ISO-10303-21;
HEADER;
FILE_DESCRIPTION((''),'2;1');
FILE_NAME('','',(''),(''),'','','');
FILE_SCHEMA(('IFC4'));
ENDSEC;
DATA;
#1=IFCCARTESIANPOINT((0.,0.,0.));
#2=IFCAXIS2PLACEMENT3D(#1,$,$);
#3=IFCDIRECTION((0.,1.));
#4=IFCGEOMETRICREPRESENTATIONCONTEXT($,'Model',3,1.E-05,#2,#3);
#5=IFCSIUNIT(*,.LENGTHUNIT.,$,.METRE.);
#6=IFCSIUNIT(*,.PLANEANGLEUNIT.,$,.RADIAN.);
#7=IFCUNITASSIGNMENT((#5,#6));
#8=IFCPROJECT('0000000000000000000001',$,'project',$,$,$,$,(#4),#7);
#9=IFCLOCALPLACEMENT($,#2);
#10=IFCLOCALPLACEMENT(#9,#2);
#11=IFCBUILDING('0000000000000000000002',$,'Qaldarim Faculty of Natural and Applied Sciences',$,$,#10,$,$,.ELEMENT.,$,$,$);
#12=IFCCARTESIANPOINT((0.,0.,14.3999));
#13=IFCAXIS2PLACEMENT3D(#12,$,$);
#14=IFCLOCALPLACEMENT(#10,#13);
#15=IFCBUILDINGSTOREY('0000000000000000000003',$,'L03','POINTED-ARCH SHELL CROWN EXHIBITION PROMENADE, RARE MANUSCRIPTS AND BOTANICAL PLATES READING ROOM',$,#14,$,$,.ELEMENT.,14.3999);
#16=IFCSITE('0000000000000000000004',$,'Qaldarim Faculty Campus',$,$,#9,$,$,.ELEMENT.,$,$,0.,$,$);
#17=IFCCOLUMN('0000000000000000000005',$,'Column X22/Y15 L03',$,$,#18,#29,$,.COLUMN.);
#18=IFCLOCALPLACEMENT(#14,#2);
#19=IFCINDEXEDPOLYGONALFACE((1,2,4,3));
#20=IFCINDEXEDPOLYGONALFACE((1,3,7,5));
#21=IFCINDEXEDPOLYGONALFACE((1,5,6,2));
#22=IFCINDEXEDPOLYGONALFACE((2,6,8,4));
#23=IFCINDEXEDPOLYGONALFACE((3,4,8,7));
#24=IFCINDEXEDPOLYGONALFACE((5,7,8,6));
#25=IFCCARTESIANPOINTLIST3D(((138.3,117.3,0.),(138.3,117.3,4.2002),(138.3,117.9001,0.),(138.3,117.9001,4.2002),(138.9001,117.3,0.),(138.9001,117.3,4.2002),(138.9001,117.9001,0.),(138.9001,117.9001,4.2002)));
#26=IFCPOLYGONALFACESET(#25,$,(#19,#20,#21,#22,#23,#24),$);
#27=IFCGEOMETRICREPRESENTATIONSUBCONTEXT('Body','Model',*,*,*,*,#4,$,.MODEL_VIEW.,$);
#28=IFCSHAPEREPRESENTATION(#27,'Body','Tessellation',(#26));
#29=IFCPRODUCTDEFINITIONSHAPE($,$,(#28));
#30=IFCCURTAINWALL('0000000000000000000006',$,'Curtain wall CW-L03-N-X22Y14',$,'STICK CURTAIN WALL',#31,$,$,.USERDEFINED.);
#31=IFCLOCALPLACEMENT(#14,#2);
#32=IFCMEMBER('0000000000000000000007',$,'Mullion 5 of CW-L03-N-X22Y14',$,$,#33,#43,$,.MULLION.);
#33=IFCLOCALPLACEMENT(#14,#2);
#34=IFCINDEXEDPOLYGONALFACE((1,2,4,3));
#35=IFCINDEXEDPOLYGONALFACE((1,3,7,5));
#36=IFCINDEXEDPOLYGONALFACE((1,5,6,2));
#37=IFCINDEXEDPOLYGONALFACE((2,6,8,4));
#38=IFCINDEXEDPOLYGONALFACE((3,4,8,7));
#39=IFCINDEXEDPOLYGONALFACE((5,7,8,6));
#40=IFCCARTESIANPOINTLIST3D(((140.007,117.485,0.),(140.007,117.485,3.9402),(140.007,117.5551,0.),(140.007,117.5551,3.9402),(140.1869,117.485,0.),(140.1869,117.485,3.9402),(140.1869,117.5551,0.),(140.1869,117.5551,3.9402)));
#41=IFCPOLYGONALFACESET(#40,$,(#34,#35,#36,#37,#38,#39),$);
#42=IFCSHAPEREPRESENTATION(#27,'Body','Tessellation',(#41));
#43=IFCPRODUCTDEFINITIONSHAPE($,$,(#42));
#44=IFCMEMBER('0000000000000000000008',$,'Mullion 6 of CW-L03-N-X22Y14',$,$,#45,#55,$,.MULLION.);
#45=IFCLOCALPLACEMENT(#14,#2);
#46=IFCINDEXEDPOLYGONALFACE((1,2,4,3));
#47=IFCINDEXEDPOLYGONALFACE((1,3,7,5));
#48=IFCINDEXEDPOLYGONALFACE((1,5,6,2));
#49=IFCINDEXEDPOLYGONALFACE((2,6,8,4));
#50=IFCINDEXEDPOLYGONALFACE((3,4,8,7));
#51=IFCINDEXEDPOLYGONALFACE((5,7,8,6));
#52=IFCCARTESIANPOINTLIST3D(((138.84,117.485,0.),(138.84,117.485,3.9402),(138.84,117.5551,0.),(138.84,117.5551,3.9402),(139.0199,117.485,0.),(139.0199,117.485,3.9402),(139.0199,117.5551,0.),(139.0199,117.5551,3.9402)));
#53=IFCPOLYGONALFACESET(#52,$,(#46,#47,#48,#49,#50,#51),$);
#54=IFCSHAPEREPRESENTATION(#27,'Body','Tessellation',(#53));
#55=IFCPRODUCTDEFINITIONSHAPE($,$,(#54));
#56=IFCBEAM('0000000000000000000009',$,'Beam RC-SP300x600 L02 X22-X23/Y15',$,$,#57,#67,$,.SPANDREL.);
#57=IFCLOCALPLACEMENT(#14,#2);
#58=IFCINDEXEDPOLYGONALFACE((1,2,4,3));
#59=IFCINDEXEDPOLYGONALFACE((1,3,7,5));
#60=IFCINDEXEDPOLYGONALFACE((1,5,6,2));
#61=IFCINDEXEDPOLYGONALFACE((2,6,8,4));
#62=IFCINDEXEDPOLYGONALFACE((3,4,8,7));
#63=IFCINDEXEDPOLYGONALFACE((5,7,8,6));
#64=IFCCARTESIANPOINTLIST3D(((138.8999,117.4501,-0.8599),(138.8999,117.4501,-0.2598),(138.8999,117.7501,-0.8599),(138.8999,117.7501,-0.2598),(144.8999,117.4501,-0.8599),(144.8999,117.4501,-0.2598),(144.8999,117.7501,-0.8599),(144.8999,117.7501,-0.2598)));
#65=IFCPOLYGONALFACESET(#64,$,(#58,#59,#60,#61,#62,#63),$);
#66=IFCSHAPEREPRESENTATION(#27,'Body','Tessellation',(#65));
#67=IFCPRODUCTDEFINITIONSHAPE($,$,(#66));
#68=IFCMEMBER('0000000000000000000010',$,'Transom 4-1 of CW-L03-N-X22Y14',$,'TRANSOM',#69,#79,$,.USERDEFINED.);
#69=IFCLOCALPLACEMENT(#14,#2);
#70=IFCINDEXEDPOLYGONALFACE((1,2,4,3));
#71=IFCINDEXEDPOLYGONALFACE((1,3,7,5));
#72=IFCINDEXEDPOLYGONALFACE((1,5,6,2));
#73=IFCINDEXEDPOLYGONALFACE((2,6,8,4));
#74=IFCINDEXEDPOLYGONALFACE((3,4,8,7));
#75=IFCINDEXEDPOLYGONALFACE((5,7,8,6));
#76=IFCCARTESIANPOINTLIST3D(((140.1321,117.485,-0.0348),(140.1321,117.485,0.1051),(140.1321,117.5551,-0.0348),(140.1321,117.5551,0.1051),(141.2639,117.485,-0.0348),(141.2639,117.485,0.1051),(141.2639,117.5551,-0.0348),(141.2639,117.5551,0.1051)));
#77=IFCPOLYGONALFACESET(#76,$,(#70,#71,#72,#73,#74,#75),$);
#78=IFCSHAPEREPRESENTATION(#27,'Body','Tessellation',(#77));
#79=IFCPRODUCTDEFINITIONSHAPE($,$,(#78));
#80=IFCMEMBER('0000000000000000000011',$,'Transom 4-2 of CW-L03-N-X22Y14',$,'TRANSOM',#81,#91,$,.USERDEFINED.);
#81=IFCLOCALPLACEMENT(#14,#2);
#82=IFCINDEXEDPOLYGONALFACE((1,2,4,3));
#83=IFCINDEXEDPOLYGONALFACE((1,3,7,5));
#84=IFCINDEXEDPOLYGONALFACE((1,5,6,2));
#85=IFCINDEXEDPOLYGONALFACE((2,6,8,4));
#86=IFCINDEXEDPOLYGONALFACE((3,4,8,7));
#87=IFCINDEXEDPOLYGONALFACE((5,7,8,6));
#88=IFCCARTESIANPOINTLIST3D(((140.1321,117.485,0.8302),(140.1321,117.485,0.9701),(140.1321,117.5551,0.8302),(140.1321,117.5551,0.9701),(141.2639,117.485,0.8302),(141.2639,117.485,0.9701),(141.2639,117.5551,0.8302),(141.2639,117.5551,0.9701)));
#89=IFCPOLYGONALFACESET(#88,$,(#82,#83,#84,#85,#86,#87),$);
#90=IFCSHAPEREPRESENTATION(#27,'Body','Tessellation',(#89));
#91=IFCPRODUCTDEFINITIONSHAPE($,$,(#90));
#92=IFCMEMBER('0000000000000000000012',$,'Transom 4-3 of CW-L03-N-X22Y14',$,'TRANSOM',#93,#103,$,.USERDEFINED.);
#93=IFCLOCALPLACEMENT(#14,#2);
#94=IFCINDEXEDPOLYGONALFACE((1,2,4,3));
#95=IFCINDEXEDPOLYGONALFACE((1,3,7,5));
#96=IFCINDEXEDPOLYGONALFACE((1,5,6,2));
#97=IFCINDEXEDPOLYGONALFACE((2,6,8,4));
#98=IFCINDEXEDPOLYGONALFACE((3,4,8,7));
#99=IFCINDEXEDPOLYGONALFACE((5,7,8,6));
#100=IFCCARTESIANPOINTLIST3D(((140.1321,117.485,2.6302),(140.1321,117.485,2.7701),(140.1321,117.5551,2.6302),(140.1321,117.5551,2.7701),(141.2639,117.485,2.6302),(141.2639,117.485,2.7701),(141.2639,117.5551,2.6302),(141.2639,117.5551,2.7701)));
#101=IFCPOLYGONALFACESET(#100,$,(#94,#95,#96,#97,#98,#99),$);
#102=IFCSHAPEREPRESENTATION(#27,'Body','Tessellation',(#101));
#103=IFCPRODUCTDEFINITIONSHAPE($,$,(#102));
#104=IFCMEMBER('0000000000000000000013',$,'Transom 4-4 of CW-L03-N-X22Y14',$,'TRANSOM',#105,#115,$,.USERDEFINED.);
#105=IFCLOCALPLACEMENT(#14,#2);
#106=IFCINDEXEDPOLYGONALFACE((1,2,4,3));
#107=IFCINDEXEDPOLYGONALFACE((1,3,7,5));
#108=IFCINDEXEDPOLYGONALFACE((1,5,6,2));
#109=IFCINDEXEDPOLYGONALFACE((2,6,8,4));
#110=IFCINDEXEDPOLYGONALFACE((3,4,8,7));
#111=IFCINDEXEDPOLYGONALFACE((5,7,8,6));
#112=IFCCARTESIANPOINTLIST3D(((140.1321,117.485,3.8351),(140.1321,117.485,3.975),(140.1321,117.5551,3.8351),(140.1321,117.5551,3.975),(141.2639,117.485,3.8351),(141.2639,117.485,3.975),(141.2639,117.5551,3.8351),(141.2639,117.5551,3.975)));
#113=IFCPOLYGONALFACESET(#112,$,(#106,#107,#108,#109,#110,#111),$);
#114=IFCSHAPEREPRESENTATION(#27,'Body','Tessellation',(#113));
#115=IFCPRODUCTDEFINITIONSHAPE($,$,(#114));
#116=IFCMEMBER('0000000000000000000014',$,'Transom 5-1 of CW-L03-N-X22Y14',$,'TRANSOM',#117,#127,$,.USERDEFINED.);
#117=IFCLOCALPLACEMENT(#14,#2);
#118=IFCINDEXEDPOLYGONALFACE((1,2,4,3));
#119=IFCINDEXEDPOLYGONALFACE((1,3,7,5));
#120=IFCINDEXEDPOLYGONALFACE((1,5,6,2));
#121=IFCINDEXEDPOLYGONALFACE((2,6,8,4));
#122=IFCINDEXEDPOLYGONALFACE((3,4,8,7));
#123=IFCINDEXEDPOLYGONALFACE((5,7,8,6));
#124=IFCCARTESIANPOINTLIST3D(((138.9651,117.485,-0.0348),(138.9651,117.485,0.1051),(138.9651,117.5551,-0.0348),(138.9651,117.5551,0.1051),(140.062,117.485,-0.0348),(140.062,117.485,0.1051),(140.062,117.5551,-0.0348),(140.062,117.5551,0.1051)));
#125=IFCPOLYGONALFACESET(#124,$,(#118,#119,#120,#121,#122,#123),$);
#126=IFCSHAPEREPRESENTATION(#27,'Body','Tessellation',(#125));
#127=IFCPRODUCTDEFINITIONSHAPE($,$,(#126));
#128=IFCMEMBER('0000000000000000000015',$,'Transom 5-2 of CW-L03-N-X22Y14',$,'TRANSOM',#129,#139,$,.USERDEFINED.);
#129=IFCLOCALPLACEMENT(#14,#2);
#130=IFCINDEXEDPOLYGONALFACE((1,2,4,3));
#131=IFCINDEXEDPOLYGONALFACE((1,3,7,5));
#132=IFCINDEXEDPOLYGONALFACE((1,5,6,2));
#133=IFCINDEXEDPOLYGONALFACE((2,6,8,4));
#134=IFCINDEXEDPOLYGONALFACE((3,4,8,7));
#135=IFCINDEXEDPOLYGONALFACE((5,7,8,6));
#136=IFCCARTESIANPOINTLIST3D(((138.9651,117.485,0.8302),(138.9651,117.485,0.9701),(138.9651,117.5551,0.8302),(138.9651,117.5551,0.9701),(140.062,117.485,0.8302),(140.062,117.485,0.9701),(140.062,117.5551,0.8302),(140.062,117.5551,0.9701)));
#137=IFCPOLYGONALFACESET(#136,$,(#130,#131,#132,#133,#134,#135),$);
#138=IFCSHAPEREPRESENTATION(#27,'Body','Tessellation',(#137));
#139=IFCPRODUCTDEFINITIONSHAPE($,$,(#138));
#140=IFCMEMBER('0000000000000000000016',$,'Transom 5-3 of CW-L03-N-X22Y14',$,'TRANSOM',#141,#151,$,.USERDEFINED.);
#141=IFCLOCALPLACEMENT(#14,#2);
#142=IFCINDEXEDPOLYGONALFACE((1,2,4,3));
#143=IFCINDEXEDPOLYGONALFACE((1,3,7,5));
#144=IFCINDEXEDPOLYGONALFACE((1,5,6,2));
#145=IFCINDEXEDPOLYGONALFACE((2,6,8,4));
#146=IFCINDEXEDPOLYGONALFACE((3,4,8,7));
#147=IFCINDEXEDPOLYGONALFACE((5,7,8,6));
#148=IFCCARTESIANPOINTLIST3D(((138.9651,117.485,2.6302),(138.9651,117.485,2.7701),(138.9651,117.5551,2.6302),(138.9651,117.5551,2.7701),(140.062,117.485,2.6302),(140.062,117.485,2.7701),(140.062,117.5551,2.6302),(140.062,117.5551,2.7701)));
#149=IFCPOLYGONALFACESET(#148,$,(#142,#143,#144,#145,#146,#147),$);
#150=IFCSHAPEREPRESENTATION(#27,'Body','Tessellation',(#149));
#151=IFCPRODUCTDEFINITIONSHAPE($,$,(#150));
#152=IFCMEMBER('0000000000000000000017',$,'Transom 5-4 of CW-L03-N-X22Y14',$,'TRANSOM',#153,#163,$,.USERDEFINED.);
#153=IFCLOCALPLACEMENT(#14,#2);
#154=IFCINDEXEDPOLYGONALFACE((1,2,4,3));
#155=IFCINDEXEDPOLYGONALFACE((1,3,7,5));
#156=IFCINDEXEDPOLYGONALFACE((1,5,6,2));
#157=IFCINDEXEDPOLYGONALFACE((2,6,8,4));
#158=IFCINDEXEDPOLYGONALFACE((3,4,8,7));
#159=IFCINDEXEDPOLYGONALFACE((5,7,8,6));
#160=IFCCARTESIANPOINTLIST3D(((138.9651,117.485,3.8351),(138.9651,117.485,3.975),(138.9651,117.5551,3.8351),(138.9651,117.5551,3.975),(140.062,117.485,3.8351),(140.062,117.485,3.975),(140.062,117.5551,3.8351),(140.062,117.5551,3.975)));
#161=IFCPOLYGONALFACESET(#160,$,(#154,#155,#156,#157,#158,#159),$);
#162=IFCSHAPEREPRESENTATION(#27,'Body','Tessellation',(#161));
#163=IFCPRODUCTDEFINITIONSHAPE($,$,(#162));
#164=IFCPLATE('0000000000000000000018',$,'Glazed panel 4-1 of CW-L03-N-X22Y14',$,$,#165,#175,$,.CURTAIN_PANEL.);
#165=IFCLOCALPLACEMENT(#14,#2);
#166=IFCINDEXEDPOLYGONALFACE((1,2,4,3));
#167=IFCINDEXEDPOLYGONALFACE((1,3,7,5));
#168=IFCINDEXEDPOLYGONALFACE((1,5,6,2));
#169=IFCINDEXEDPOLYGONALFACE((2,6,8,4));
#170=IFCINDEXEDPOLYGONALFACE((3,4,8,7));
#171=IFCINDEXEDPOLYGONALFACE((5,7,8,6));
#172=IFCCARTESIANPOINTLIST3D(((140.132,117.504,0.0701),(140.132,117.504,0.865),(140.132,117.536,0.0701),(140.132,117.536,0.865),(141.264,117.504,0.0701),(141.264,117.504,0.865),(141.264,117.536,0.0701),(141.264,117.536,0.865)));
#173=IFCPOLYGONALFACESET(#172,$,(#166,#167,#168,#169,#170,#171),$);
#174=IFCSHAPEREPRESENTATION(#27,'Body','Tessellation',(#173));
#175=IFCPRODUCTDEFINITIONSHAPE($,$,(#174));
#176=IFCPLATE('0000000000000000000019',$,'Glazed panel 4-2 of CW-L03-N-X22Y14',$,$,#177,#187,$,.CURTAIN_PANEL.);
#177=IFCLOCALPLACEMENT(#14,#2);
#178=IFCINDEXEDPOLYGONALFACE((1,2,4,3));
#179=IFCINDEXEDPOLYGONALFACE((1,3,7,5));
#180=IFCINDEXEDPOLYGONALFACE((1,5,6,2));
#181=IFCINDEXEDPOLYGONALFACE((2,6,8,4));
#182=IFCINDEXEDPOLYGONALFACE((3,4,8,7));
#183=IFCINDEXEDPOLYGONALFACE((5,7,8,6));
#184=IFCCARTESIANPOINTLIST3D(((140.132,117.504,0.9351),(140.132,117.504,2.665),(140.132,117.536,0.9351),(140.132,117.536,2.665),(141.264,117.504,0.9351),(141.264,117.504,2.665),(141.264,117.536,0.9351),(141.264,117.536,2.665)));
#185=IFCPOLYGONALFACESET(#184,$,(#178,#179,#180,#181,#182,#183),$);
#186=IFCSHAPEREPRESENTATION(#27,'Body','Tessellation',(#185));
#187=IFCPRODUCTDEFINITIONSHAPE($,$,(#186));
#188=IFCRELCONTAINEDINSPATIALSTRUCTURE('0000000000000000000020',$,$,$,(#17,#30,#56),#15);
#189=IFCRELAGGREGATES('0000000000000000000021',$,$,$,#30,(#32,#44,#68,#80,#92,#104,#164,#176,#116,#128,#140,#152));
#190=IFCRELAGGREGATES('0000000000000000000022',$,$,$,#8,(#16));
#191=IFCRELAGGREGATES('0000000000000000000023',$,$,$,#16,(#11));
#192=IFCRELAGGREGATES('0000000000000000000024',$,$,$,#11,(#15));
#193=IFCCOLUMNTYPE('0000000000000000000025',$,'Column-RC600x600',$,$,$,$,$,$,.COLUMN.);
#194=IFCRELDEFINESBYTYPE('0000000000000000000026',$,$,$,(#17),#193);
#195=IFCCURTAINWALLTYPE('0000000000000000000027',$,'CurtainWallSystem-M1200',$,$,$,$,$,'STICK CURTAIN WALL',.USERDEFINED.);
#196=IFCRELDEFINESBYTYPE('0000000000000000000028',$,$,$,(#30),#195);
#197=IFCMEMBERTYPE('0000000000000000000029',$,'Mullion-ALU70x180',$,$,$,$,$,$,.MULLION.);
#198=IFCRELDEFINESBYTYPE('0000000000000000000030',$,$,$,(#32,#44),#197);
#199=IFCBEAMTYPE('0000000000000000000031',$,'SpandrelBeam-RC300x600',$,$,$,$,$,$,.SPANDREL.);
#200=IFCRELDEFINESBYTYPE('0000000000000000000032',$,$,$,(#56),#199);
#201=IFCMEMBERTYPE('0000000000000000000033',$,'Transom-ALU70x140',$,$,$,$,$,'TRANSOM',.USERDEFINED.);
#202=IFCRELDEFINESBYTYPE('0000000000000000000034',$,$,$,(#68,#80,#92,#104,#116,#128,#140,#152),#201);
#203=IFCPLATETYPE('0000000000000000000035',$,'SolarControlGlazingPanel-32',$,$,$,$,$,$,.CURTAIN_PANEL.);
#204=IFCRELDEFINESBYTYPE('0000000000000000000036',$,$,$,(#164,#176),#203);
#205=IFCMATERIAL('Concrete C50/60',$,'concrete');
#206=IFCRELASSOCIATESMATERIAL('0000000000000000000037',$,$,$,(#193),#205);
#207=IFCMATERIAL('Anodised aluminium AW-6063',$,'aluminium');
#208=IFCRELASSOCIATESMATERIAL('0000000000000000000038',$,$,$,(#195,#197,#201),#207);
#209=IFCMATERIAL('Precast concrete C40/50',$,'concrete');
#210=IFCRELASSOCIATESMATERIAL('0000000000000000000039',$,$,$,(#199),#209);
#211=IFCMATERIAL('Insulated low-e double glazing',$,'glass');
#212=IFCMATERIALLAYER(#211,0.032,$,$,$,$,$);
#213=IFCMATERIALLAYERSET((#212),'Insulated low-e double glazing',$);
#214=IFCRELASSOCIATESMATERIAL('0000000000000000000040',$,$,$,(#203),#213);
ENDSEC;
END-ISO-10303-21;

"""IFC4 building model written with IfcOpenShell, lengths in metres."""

from ifc_helpers import new_model, si_unit, direction, frame, origin, origin_2d, place, context, subcontext, project, spatial, rectangle, extrude, material, layer, layer_set, material_profile, profile_set, type_object, element, aggregate, save


model = new_model("IFC4")

# Units and contexts
model_context = context("Model", 3, precision=1e-05, world=origin(), true_north=direction((0.0, 1.0)))
body_context = subcontext(model_context, "Body", "Model", "MODEL_VIEW")
ifc_project = project(units=[si_unit("LENGTHUNIT", "METRE"), si_unit("PLANEANGLEUNIT", "RADIAN")], contexts=[model_context])

# Site, building, storey
site_placement = place(None, origin())
site = spatial("IfcSite", under=ifc_project, at=site_placement, Name="Qaldarim Faculty Campus", CompositionType="ELEMENT", RefElevation=0.0)
building_placement = place(site_placement, origin())
building = spatial("IfcBuilding", under=site, at=building_placement, Name="Qaldarim Faculty of Natural and Applied Sciences", CompositionType="ELEMENT")
storey_placement = place(building_placement, frame((0.0, 0.0, 14.3999)))
storey = spatial("IfcBuildingStorey", under=building, at=storey_placement, Name="L03", Description="POINTED-ARCH SHELL CROWN EXHIBITION PROMENADE, RARE MANUSCRIPTS AND BOTANICAL PLATES READING ROOM", CompositionType="ELEMENT", Elevation=14.3999)

# Column
ifc_material_1 = material(Name="Concrete C50/60", Category="concrete")
ifc_material_profile_1 = material_profile(ifc_material_1, rectangle(XDim=0.6001, YDim=0.6001, at=origin_2d()), Name="RC-C600x600")
ifc_profile_set_1 = profile_set([ifc_material_profile_1], Name="Concrete C50/60")
column_type = type_object("IfcColumnType", Name="Column-RC600x600", PredefinedType="COLUMN", material=ifc_profile_set_1)
column_placement = place(storey_placement, frame((138.6001, 117.6001, 0.0), z_axis=(0.0, 0.0, 1.0), x_axis=(1.0, 0.0, 0.0)))
element("IfcColumn", 1, at=column_placement, inside=storey, type_object=column_type, Name="Column X22/Y15 L03", PredefinedType="COLUMN", context=body_context, shape_type="SweptSolid", body=[
    extrude(rectangle(XDim=0.6001, YDim=0.6001, at=origin_2d()), origin(), (0.0, 0.0, 1.0), 4.2002),
])

# Curtain wall, members
ifc_material_2 = material(Name="Anodised aluminium AW-6063", Category="aluminium")
curtain_wall_type_1 = type_object("IfcCurtainWallType", Name="CurtainWallSystem-M1200", ElementType="STICK CURTAIN WALL", PredefinedType="USERDEFINED", material=ifc_material_2)
curtain_wall_1_placement = place(storey_placement, origin())
curtain_wall_1 = element("IfcCurtainWall", 2, at=curtain_wall_1_placement, inside=storey, type_object=curtain_wall_type_1, Name="Curtain wall CW-L03-N-X22Y14", ObjectType="STICK CURTAIN WALL", PredefinedType="USERDEFINED")
ifc_material_profile_2 = material_profile(ifc_material_2, rectangle(XDim=0.0701, YDim=0.1799, at=origin_2d()), Name="ALU-M70x180")
ifc_profile_set_2 = profile_set([ifc_material_profile_2], Name="Anodised aluminium AW-6063")
member_type_1 = type_object("IfcMemberType", Name="Mullion-ALU70x180", PredefinedType="MULLION", material=ifc_profile_set_2)
member_1_placement = place(storey_placement, frame((140.0969, 117.52, 0.0), z_axis=(0.0, 0.0, 1.0), x_axis=(0.0, -1.0, 0.0)))
member_1 = element("IfcMember", 3, at=member_1_placement, type_object=member_type_1, Name="Mullion 5 of CW-L03-N-X22Y14", PredefinedType="MULLION", context=body_context, shape_type="SweptSolid", body=[
    extrude(rectangle(XDim=0.0701, YDim=0.1799, at=origin_2d()), origin(), (0.0, 0.0, 1.0), 3.9402),
])
member_2_placement = place(storey_placement, frame((138.9299, 117.52, 0.0), z_axis=(0.0, 0.0, 1.0), x_axis=(0.0, -1.0, 0.0)))
member_2 = element("IfcMember", 4, at=member_2_placement, type_object=member_type_1, Name="Mullion 6 of CW-L03-N-X22Y14", PredefinedType="MULLION", context=body_context, shape_type="SweptSolid", body=[
    extrude(rectangle(XDim=0.0701, YDim=0.1799, at=origin_2d()), origin(), (0.0, 0.0, 1.0), 3.9402),
])

# Beam
ifc_material_3 = material(Name="Precast concrete C40/50", Category="concrete")
ifc_material_profile_3 = material_profile(ifc_material_3, rectangle(XDim=0.3, YDim=0.6001, at=origin_2d()), Name="RC-SP300x600")
ifc_profile_set_3 = profile_set([ifc_material_profile_3], Name="Precast concrete C40/50")
beam_type = type_object("IfcBeamType", Name="SpandrelBeam-RC300x600", PredefinedType="SPANDREL", material=ifc_profile_set_3)
beam_placement = place(storey_placement, frame((138.8999, 117.6001, -0.5598), z_axis=(1.0, 0.0, 0.0), x_axis=(0.0, 1.0, 0.0)))
element("IfcBeam", 5, at=beam_placement, inside=storey, type_object=beam_type, Name="Beam RC-SP300x600 L02 X22-X23/Y15", PredefinedType="SPANDREL", context=body_context, shape_type="SweptSolid", body=[
    extrude(rectangle(XDim=0.3, YDim=0.6001, at=origin_2d()), origin(), (0.0, 0.0, 1.0), 6.0),
])

# Members
ifc_material_profile_4 = material_profile(ifc_material_2, rectangle(XDim=0.0701, YDim=0.1399, at=origin_2d()), Name="ALU-T70x140")
ifc_profile_set_4 = profile_set([ifc_material_profile_4], Name="Anodised aluminium AW-6063")
member_type_2 = type_object("IfcMemberType", Name="Transom-ALU70x140", ElementType="TRANSOM", PredefinedType="USERDEFINED", material=ifc_profile_set_4)
member_3_placement = place(storey_placement, frame((141.2639, 117.52, 0.0352), z_axis=(-1.0, 0.0, 0.0), x_axis=(0.0, -1.0, 0.0)))
member_3 = element("IfcMember", 6, at=member_3_placement, type_object=member_type_2, Name="Transom 4-1 of CW-L03-N-X22Y14", ObjectType="TRANSOM", PredefinedType="USERDEFINED", context=body_context, shape_type="SweptSolid", body=[
    extrude(rectangle(XDim=0.0701, YDim=0.1399, at=origin_2d()), origin(), (0.0, 0.0, 1.0), 1.1318),
])
member_4_placement = place(storey_placement, frame((141.2639, 117.52, 0.9001), z_axis=(-1.0, 0.0, 0.0), x_axis=(0.0, -1.0, 0.0)))
member_4 = element("IfcMember", 7, at=member_4_placement, type_object=member_type_2, Name="Transom 4-2 of CW-L03-N-X22Y14", ObjectType="TRANSOM", PredefinedType="USERDEFINED", context=body_context, shape_type="SweptSolid", body=[
    extrude(rectangle(XDim=0.0701, YDim=0.1399, at=origin_2d()), origin(), (0.0, 0.0, 1.0), 1.1318),
])
member_5_placement = place(storey_placement, frame((141.2639, 117.52, 2.7002), z_axis=(-1.0, 0.0, 0.0), x_axis=(0.0, -1.0, 0.0)))
member_5 = element("IfcMember", 8, at=member_5_placement, type_object=member_type_2, Name="Transom 4-3 of CW-L03-N-X22Y14", ObjectType="TRANSOM", PredefinedType="USERDEFINED", context=body_context, shape_type="SweptSolid", body=[
    extrude(rectangle(XDim=0.0701, YDim=0.1399, at=origin_2d()), origin(), (0.0, 0.0, 1.0), 1.1318),
])
member_6_placement = place(storey_placement, frame((141.2639, 117.52, 3.905), z_axis=(-1.0, 0.0, 0.0), x_axis=(0.0, -1.0, 0.0)))
member_6 = element("IfcMember", 9, at=member_6_placement, type_object=member_type_2, Name="Transom 4-4 of CW-L03-N-X22Y14", ObjectType="TRANSOM", PredefinedType="USERDEFINED", context=body_context, shape_type="SweptSolid", body=[
    extrude(rectangle(XDim=0.0701, YDim=0.1399, at=origin_2d()), origin(), (0.0, 0.0, 1.0), 1.1318),
])
member_7_placement = place(storey_placement, frame((140.062, 117.52, 0.0352), z_axis=(-1.0, 0.0, 0.0), x_axis=(0.0, -1.0, 0.0)))
member_7 = element("IfcMember", 10, at=member_7_placement, type_object=member_type_2, Name="Transom 5-1 of CW-L03-N-X22Y14", ObjectType="TRANSOM", PredefinedType="USERDEFINED", context=body_context, shape_type="SweptSolid", body=[
    extrude(rectangle(XDim=0.0701, YDim=0.1399, at=origin_2d()), origin(), (0.0, 0.0, 1.0), 1.0969),
])
member_8_placement = place(storey_placement, frame((140.062, 117.52, 0.9001), z_axis=(-1.0, 0.0, 0.0), x_axis=(0.0, -1.0, 0.0)))
member_8 = element("IfcMember", 11, at=member_8_placement, type_object=member_type_2, Name="Transom 5-2 of CW-L03-N-X22Y14", ObjectType="TRANSOM", PredefinedType="USERDEFINED", context=body_context, shape_type="SweptSolid", body=[
    extrude(rectangle(XDim=0.0701, YDim=0.1399, at=origin_2d()), origin(), (0.0, 0.0, 1.0), 1.0969),
])
member_9_placement = place(storey_placement, frame((140.062, 117.52, 2.7002), z_axis=(-1.0, 0.0, 0.0), x_axis=(0.0, -1.0, 0.0)))
member_9 = element("IfcMember", 12, at=member_9_placement, type_object=member_type_2, Name="Transom 5-3 of CW-L03-N-X22Y14", ObjectType="TRANSOM", PredefinedType="USERDEFINED", context=body_context, shape_type="SweptSolid", body=[
    extrude(rectangle(XDim=0.0701, YDim=0.1399, at=origin_2d()), origin(), (0.0, 0.0, 1.0), 1.0969),
])
member_10_placement = place(storey_placement, frame((140.062, 117.52, 3.905), z_axis=(-1.0, 0.0, 0.0), x_axis=(0.0, -1.0, 0.0)))
member_10 = element("IfcMember", 13, at=member_10_placement, type_object=member_type_2, Name="Transom 5-4 of CW-L03-N-X22Y14", ObjectType="TRANSOM", PredefinedType="USERDEFINED", context=body_context, shape_type="SweptSolid", body=[
    extrude(rectangle(XDim=0.0701, YDim=0.1399, at=origin_2d()), origin(), (0.0, 0.0, 1.0), 1.0969),
])

# Plates
ifc_material_4 = material(Name="Insulated low-e double glazing", Category="glass")
ifc_layer_1 = layer(ifc_material_4, 0.032)
ifc_layer_set_1 = layer_set([ifc_layer_1], Name="Insulated low-e double glazing")
plate_type_1 = type_object("IfcPlateType", Name="SolarControlGlazingPanel-32", PredefinedType="CURTAIN_PANEL", material=ifc_layer_set_1)
plate_1_placement = place(storey_placement, frame((140.698, 117.52, 0.0701), z_axis=(0.0, 0.0, 1.0), x_axis=(-1.0, 0.0, 0.0)))
plate_1 = element("IfcPlate", 14, at=plate_1_placement, type_object=plate_type_1, Name="Glazed panel 4-1 of CW-L03-N-X22Y14", PredefinedType="CURTAIN_PANEL", context=body_context, shape_type="SweptSolid", body=[
    extrude(rectangle(XDim=1.1321, YDim=0.032, at=origin_2d()), origin(), (0.0, 0.0, 1.0), 0.7949),
])
plate_2_placement = place(storey_placement, frame((140.698, 117.52, 0.9351), z_axis=(0.0, 0.0, 1.0), x_axis=(-1.0, 0.0, 0.0)))
plate_2 = element("IfcPlate", 15, at=plate_2_placement, type_object=plate_type_1, Name="Glazed panel 4-2 of CW-L03-N-X22Y14", PredefinedType="CURTAIN_PANEL", context=body_context, shape_type="SweptSolid", body=[
    extrude(rectangle(XDim=1.1321, YDim=0.032, at=origin_2d()), origin(), (0.0, 0.0, 1.0), 1.73),
])
aggregate(curtain_wall_1, [member_1, member_2, member_3, member_4, member_5, member_6, plate_1, plate_2, member_7, member_8, member_9, member_10])

save(model, "model.ifc")
